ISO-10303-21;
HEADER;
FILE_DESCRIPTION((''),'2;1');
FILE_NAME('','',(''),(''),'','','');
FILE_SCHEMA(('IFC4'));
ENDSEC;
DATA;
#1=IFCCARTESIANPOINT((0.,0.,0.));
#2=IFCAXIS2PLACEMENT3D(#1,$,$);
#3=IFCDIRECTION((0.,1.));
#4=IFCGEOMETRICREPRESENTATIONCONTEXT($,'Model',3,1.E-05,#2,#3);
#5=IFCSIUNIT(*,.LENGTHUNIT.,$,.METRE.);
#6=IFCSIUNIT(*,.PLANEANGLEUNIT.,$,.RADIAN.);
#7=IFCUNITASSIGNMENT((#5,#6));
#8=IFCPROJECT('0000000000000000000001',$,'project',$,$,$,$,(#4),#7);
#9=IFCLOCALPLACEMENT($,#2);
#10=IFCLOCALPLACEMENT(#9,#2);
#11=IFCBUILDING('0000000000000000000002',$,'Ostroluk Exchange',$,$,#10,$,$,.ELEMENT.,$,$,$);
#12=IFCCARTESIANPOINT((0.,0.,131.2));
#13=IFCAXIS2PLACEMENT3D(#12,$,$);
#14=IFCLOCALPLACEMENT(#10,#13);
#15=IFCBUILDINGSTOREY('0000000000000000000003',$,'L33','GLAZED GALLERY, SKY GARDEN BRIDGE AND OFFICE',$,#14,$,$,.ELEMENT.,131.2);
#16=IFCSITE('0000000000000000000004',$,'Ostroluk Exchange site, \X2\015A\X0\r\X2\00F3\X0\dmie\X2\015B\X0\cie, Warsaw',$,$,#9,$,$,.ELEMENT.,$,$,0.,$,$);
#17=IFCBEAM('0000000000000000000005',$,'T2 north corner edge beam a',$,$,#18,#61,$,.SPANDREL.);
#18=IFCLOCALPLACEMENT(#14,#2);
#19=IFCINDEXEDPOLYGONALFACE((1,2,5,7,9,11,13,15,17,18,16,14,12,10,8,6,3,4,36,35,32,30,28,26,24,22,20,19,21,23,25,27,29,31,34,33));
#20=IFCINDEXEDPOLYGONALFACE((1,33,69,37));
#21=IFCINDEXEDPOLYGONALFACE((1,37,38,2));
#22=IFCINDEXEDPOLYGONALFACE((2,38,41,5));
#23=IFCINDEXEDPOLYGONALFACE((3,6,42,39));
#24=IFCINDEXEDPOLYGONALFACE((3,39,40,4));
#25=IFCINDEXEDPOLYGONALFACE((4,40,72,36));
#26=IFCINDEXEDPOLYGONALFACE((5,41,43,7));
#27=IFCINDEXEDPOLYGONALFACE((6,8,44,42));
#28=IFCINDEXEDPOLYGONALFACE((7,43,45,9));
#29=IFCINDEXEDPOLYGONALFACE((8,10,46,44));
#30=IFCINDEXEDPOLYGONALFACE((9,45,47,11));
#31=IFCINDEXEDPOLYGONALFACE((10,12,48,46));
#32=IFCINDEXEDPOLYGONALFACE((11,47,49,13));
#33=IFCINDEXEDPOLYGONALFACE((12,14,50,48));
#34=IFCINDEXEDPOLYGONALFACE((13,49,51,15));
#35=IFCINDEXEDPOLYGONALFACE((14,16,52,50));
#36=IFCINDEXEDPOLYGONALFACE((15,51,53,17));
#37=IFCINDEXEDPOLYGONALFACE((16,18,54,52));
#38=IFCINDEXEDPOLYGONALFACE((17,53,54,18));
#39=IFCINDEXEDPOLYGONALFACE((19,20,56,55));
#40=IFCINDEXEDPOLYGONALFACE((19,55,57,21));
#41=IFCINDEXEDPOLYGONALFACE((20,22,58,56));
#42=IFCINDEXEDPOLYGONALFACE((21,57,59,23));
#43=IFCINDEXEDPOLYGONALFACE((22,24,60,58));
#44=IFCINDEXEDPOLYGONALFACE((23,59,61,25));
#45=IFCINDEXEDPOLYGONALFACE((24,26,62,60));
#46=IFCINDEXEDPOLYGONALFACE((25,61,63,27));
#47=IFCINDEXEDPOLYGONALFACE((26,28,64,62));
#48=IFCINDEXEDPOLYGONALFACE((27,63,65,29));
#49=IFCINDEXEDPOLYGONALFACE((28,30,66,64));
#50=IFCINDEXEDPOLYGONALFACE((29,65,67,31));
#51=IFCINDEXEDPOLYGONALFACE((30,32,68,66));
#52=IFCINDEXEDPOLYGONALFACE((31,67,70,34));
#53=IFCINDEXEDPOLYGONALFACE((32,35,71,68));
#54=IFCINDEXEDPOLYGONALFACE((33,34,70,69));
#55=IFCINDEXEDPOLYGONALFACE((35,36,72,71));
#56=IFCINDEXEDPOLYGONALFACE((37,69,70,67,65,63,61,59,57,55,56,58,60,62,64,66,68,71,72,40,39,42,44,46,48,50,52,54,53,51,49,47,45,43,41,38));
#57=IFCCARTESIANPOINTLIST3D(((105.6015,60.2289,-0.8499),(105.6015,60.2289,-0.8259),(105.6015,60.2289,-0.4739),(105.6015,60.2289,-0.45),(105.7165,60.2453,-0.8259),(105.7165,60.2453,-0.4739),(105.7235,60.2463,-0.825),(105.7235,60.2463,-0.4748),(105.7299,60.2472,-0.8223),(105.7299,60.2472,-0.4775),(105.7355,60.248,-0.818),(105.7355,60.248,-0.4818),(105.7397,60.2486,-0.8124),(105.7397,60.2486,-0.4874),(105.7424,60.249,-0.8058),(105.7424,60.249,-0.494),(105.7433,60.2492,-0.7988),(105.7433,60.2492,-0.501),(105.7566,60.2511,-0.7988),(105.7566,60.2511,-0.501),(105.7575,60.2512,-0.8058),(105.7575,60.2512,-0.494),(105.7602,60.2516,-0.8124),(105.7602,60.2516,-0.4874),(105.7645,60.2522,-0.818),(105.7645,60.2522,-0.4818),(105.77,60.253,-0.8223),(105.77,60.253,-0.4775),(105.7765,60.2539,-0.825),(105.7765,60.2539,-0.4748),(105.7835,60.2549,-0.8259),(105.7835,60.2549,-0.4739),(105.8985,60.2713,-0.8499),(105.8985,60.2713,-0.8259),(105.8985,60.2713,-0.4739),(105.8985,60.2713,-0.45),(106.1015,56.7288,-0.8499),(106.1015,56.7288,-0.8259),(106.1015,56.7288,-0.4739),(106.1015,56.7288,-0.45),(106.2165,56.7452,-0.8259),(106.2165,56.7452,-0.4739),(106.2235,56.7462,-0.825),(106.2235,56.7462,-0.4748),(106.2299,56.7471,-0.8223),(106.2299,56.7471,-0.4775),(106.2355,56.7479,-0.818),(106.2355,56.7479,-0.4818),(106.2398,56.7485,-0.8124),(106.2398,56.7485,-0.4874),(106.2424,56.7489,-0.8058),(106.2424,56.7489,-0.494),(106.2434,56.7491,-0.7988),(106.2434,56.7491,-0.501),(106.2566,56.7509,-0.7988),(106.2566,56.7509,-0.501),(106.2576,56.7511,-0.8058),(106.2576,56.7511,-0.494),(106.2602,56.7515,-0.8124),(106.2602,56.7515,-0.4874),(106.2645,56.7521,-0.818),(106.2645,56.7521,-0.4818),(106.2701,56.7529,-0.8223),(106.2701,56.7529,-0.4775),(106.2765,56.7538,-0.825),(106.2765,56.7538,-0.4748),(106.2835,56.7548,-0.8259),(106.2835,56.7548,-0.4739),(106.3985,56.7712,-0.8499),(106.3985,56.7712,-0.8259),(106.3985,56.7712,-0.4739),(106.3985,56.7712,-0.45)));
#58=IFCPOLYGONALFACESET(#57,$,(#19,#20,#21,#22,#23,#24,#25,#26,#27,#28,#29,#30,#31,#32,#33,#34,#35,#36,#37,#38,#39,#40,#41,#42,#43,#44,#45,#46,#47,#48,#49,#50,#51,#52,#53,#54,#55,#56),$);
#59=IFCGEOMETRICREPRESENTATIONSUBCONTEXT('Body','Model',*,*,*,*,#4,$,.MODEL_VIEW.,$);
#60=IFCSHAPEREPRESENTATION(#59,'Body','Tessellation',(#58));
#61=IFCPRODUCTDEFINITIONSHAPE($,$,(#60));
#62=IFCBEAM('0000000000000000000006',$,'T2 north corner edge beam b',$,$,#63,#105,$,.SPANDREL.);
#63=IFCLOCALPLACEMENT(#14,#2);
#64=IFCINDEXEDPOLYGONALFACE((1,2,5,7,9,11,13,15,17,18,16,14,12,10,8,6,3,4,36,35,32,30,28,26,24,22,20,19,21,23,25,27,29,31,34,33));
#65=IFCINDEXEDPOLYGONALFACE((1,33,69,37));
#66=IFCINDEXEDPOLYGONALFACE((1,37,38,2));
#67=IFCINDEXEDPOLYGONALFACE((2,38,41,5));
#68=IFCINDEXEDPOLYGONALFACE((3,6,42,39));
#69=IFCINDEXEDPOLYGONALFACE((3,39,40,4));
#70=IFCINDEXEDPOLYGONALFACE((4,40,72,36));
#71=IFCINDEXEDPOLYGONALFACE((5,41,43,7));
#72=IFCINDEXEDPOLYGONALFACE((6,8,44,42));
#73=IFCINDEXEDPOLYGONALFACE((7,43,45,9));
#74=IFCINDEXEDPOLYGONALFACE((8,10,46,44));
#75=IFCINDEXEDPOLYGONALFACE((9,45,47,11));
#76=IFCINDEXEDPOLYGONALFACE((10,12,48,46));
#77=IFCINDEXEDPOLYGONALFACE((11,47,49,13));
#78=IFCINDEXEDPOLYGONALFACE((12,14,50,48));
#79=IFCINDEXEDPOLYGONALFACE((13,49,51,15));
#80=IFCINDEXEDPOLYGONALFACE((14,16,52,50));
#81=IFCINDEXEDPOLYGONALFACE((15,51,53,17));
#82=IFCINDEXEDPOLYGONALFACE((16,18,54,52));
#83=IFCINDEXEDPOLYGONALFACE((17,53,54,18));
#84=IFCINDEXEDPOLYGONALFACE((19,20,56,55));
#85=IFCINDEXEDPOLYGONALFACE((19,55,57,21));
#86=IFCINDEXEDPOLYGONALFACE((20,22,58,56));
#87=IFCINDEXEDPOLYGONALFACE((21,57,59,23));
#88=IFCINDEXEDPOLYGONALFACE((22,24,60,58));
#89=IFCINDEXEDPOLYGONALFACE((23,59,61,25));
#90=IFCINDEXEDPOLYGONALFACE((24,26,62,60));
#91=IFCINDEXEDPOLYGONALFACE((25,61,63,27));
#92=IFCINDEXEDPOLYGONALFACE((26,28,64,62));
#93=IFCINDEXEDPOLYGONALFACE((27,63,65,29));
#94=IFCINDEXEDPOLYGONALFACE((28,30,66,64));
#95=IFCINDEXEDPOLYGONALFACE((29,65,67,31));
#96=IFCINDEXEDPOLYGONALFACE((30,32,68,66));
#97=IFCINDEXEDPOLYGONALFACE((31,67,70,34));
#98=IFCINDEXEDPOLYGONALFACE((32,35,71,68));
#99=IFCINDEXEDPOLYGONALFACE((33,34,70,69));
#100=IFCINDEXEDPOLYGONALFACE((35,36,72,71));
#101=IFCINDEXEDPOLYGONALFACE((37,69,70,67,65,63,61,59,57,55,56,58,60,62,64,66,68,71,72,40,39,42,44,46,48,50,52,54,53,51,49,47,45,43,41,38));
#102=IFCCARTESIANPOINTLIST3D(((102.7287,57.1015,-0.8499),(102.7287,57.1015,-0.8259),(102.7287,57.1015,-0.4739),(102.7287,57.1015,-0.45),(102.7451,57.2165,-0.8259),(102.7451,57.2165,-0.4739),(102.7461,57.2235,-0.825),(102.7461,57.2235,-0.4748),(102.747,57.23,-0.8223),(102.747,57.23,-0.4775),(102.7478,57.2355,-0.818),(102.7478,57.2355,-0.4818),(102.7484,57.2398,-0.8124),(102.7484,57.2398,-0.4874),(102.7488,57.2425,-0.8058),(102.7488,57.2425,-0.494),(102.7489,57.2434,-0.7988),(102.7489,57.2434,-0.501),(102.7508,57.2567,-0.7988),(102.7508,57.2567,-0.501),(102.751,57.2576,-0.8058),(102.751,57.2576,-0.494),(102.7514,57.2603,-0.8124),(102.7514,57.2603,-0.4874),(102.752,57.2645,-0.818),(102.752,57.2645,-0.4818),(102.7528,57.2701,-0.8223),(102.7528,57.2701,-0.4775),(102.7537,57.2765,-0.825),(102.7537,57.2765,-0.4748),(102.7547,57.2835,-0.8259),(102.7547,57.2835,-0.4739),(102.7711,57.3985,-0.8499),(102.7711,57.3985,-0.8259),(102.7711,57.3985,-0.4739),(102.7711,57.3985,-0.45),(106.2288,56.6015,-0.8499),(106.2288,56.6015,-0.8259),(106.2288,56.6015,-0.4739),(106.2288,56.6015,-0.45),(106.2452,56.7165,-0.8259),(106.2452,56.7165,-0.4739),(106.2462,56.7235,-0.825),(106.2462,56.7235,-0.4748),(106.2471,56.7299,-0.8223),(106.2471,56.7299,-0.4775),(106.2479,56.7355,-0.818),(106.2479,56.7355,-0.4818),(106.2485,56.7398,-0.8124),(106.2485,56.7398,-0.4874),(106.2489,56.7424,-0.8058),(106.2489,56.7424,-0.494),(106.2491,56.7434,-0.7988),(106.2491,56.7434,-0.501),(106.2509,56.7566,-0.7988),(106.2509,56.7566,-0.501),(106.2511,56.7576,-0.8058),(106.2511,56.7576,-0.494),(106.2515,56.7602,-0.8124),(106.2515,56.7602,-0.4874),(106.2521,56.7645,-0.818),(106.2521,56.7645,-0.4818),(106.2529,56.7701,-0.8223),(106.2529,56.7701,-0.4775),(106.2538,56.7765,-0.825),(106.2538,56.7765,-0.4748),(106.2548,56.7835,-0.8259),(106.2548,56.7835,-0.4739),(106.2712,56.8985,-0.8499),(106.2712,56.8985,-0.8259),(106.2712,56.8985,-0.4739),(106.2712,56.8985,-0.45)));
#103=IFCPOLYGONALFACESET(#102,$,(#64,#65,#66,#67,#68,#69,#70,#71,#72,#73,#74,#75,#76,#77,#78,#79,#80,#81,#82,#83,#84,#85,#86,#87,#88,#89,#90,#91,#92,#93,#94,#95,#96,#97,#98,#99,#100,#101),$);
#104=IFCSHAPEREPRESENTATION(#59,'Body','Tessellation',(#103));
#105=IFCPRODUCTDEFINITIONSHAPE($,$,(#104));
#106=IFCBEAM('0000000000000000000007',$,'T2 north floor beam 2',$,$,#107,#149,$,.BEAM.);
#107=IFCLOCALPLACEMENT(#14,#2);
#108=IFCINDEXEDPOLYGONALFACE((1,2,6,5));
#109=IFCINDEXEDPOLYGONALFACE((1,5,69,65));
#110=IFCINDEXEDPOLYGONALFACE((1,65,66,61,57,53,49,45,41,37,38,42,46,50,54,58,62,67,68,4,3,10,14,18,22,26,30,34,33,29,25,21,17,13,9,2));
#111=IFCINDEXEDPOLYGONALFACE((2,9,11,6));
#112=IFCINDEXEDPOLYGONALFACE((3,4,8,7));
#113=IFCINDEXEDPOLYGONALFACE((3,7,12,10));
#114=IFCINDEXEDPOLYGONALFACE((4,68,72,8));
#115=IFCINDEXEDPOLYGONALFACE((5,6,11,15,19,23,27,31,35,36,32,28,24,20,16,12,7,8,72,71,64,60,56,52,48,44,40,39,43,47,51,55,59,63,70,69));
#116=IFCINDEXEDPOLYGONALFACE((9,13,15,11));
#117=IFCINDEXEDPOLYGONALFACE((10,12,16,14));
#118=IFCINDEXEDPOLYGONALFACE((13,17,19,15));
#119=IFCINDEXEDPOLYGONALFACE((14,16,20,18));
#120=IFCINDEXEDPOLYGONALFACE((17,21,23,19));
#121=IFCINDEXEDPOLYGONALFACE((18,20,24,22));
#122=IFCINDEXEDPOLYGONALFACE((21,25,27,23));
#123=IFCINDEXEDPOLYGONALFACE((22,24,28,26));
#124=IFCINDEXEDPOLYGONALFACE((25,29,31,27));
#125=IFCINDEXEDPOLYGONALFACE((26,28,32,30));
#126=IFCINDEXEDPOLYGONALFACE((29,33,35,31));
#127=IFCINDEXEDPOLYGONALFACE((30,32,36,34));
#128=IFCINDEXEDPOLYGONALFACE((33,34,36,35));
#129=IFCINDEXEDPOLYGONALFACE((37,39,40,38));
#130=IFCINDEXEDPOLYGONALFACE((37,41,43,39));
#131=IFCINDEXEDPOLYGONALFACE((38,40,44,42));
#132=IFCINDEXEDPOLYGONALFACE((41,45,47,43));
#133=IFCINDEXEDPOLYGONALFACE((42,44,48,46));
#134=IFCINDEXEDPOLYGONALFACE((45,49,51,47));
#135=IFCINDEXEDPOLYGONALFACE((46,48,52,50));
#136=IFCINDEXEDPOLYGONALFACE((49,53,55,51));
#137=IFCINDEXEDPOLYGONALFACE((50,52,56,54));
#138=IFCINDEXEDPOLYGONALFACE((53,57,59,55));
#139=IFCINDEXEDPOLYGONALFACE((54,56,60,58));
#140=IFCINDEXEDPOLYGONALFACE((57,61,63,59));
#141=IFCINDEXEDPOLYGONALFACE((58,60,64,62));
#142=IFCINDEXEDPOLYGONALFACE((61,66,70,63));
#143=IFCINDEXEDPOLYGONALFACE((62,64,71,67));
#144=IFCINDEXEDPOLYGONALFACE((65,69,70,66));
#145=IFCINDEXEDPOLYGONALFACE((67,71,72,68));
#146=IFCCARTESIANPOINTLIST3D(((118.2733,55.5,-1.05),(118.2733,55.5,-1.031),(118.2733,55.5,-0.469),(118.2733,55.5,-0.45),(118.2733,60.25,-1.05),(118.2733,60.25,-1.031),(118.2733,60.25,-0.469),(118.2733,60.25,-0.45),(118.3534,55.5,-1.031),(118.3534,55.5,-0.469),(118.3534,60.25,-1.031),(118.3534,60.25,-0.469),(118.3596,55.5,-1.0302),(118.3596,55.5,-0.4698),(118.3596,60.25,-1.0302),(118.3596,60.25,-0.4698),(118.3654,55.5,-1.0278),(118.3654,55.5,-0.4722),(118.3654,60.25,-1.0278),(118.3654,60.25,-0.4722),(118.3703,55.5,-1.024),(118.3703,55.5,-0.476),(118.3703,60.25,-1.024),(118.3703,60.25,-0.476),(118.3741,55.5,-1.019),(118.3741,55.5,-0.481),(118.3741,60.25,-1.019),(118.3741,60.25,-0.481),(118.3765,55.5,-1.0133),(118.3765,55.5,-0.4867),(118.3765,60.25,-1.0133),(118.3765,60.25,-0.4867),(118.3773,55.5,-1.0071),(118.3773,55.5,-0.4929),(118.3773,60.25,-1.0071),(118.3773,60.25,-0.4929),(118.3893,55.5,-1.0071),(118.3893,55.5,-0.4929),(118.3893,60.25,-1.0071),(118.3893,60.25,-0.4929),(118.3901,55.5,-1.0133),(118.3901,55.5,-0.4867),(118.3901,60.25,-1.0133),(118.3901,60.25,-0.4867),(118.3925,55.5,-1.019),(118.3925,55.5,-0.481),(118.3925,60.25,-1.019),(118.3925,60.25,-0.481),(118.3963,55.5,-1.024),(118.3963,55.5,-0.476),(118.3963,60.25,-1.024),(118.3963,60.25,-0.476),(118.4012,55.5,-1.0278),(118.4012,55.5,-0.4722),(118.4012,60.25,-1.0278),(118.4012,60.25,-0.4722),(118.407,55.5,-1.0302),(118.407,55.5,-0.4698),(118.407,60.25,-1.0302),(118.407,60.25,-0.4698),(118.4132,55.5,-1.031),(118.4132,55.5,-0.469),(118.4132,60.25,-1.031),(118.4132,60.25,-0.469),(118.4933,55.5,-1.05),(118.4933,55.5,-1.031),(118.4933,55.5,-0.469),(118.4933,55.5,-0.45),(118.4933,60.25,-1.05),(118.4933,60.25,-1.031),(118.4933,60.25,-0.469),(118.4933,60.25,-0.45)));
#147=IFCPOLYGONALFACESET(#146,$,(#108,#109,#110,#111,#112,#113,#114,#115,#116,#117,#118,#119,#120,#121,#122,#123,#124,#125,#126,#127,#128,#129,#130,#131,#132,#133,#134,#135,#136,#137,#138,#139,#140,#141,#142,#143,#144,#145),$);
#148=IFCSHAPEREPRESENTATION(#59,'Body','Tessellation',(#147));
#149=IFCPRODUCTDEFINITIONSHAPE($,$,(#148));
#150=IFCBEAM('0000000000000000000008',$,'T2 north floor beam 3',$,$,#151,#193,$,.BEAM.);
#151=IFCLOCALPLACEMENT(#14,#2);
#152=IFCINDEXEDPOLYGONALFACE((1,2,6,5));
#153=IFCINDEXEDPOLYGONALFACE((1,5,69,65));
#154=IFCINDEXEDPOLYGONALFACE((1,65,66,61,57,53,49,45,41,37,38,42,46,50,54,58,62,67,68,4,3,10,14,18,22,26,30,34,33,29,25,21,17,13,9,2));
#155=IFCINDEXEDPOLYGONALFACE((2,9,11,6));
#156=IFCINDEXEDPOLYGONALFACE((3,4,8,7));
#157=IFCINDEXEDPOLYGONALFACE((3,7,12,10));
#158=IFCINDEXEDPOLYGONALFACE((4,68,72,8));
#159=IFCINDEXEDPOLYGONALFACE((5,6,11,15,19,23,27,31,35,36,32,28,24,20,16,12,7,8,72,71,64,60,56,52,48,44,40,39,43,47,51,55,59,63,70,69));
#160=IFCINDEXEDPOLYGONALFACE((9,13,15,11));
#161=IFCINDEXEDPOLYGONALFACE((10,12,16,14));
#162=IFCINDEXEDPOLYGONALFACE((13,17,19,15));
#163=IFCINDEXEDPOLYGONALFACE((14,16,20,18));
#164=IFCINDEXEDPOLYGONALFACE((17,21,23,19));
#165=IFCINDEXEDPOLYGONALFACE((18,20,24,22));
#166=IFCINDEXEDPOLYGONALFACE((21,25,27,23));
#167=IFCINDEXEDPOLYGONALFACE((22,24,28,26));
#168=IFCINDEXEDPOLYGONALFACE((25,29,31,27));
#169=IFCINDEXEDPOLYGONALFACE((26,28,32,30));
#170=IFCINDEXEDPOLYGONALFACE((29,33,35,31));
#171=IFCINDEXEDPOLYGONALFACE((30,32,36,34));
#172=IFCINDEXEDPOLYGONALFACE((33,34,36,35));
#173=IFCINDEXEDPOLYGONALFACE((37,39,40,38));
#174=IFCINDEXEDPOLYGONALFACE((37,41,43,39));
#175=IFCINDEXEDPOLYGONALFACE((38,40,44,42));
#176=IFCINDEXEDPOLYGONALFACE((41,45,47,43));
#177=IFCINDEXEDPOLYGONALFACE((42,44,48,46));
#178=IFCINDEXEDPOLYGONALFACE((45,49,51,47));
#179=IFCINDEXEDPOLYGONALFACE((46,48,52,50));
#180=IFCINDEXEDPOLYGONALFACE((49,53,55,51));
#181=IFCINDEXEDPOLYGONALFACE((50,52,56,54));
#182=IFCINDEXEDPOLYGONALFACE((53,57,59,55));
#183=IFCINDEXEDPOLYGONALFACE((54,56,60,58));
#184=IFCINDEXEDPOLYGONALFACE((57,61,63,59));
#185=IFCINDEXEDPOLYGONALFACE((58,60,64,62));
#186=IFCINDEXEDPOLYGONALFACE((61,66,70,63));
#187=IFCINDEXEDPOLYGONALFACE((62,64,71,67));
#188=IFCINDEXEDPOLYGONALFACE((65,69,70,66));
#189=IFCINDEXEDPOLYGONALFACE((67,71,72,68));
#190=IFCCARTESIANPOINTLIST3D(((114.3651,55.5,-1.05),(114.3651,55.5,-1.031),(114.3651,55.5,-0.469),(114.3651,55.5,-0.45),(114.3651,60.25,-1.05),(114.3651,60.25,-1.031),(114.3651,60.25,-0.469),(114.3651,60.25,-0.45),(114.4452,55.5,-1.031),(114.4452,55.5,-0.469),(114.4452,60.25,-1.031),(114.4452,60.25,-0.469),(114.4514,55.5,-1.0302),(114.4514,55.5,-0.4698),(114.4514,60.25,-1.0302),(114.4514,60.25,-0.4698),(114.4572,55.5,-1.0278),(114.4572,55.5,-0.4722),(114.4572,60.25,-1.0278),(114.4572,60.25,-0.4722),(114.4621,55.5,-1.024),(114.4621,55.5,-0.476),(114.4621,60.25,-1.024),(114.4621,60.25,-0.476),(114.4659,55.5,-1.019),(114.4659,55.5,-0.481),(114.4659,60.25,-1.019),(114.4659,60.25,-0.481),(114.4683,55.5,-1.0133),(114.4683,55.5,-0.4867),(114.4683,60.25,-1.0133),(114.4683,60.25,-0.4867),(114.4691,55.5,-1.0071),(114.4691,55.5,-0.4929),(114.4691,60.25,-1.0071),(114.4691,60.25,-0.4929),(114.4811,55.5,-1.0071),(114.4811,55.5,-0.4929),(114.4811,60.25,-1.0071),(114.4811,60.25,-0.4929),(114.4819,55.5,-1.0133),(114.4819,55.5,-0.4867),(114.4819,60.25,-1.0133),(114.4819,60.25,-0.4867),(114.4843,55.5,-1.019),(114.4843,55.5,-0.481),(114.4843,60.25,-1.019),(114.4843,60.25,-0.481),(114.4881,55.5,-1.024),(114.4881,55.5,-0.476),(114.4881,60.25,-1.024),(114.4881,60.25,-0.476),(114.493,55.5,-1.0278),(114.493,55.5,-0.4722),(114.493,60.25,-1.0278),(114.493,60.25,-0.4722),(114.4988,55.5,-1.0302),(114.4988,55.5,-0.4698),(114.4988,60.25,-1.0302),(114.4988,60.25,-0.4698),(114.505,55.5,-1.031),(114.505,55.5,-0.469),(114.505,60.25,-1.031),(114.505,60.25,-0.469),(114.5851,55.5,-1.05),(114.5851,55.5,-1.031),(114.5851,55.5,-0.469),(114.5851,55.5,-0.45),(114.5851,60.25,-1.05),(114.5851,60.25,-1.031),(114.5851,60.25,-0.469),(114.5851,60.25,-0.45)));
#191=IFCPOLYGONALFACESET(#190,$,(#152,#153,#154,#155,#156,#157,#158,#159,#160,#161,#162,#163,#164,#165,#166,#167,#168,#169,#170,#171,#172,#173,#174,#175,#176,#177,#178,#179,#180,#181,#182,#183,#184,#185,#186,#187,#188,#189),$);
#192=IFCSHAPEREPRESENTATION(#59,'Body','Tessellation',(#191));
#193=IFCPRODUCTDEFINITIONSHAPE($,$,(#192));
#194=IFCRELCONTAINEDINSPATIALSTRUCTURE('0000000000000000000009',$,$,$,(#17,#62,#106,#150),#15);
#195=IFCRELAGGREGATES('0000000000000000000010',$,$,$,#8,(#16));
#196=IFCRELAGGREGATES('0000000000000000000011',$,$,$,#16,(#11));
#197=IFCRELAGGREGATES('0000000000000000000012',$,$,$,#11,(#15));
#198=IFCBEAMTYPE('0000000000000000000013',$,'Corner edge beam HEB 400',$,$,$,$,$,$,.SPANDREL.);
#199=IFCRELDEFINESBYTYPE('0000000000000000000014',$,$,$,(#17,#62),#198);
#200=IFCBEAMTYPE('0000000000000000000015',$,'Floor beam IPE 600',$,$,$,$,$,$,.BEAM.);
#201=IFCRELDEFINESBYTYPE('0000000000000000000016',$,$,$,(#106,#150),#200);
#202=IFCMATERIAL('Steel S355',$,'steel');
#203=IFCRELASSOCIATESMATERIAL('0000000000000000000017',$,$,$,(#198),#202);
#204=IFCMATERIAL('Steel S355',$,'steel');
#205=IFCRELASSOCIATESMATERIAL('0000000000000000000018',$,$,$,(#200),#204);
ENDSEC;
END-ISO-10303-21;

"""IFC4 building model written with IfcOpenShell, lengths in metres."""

from ifc_helpers import new_model, si_unit, direction, frame, origin, origin_2d, place, context, subcontext, project, spatial, i_section, extrude, material, material_profile, profile_set, type_object, element, save


model = new_model("IFC4")

# Units and contexts
model_context = context("Model", 3, precision=1e-05, world=origin(), true_north=direction((0.0, 1.0)))
body_context = subcontext(model_context, "Body", "Model", "MODEL_VIEW")
ifc_project = project(units=[si_unit("LENGTHUNIT", "METRE"), si_unit("PLANEANGLEUNIT", "RADIAN")], contexts=[model_context])

# Site, building, storey
site_placement = place(None, origin())
site = spatial("IfcSite", under=ifc_project, at=site_placement, Name="Ostroluk Exchange site, Śródmieście, Warsaw", CompositionType="ELEMENT", RefElevation=0.0)
building_placement = place(site_placement, origin())
building = spatial("IfcBuilding", under=site, at=building_placement, Name="Ostroluk Exchange", CompositionType="ELEMENT")
storey_placement = place(building_placement, frame((0.0, 0.0, 131.2)))
storey = spatial("IfcBuildingStorey", under=building, at=storey_placement, Name="L33", Description="GLAZED GALLERY, SKY GARDEN BRIDGE AND OFFICE", CompositionType="ELEMENT", Elevation=131.2)

# Beams
ifc_material_1 = material(Name="Steel S355", Category="steel")
ifc_material_profile_1 = material_profile(ifc_material_1, i_section(OverallWidth=0.3, OverallDepth=0.3999, WebThickness=0.0134, FlangeThickness=0.0239, FilletRadius=0.0271, at=origin_2d()), Name="HEB 400")
ifc_profile_set_1 = profile_set([ifc_material_profile_1], Name="Steel S355")
beam_type_1 = type_object("IfcBeamType", Name="Corner edge beam HEB 400", PredefinedType="SPANDREL", material=ifc_profile_set_1)
for number, where, z_axis, x_axis, name in (
    (1, (106.25, 56.75, -0.6499), (-0.141421, 0.989949, 0.0), (-0.989949, -0.141421, 0.0), "T2 north corner edge beam a"),
    (2, (106.25, 56.75, -0.6499), (-0.989949, 0.141421, 0.0), (-0.141421, -0.989949, 0.0), "T2 north corner edge beam b"),
):
    element("IfcBeam", number, at=place(storey_placement, frame(where, z_axis=z_axis, x_axis=x_axis)), inside=storey, type_object=beam_type_1, Name=name, PredefinedType="SPANDREL", context=body_context, shape_type="SweptSolid", body=[
        extrude(i_section(OverallWidth=0.3, OverallDepth=0.3999, WebThickness=0.0134, FlangeThickness=0.0239, FilletRadius=0.0271, at=origin_2d()), origin(), (0.0, 0.0, 1.0), 3.5356),
    ])
ifc_material_2 = material(Name="Steel S355", Category="steel")
ifc_material_profile_2 = material_profile(ifc_material_2, i_section(OverallWidth=0.22, OverallDepth=0.6001, WebThickness=0.012, FlangeThickness=0.019, FilletRadius=0.0239, at=origin_2d()), Name="IPE 600")
ifc_profile_set_2 = profile_set([ifc_material_profile_2], Name="Steel S355")
beam_type_2 = type_object("IfcBeamType", Name="Floor beam IPE 600", PredefinedType="BEAM", material=ifc_profile_set_2)
for number, where, z_axis, x_axis, name in (
    (3, (118.3833, 55.5, -0.75), (0.0, 1.0, 0.0), (-1.0, 0.0, 0.0), "T2 north floor beam 2"),
    (4, (114.4751, 55.5, -0.75), (0.0, 1.0, 0.0), (-1.0, 0.0, 0.0), "T2 north floor beam 3"),
):
    element("IfcBeam", number, at=place(storey_placement, frame(where, z_axis=z_axis, x_axis=x_axis)), inside=storey, type_object=beam_type_2, Name=name, PredefinedType="BEAM", context=body_context, shape_type="SweptSolid", body=[
        extrude(i_section(OverallWidth=0.22, OverallDepth=0.6001, WebThickness=0.012, FlangeThickness=0.019, FilletRadius=0.0239, at=origin_2d()), origin(), (0.0, 0.0, 1.0), 4.75),
    ])

save(model, "model.ifc")
